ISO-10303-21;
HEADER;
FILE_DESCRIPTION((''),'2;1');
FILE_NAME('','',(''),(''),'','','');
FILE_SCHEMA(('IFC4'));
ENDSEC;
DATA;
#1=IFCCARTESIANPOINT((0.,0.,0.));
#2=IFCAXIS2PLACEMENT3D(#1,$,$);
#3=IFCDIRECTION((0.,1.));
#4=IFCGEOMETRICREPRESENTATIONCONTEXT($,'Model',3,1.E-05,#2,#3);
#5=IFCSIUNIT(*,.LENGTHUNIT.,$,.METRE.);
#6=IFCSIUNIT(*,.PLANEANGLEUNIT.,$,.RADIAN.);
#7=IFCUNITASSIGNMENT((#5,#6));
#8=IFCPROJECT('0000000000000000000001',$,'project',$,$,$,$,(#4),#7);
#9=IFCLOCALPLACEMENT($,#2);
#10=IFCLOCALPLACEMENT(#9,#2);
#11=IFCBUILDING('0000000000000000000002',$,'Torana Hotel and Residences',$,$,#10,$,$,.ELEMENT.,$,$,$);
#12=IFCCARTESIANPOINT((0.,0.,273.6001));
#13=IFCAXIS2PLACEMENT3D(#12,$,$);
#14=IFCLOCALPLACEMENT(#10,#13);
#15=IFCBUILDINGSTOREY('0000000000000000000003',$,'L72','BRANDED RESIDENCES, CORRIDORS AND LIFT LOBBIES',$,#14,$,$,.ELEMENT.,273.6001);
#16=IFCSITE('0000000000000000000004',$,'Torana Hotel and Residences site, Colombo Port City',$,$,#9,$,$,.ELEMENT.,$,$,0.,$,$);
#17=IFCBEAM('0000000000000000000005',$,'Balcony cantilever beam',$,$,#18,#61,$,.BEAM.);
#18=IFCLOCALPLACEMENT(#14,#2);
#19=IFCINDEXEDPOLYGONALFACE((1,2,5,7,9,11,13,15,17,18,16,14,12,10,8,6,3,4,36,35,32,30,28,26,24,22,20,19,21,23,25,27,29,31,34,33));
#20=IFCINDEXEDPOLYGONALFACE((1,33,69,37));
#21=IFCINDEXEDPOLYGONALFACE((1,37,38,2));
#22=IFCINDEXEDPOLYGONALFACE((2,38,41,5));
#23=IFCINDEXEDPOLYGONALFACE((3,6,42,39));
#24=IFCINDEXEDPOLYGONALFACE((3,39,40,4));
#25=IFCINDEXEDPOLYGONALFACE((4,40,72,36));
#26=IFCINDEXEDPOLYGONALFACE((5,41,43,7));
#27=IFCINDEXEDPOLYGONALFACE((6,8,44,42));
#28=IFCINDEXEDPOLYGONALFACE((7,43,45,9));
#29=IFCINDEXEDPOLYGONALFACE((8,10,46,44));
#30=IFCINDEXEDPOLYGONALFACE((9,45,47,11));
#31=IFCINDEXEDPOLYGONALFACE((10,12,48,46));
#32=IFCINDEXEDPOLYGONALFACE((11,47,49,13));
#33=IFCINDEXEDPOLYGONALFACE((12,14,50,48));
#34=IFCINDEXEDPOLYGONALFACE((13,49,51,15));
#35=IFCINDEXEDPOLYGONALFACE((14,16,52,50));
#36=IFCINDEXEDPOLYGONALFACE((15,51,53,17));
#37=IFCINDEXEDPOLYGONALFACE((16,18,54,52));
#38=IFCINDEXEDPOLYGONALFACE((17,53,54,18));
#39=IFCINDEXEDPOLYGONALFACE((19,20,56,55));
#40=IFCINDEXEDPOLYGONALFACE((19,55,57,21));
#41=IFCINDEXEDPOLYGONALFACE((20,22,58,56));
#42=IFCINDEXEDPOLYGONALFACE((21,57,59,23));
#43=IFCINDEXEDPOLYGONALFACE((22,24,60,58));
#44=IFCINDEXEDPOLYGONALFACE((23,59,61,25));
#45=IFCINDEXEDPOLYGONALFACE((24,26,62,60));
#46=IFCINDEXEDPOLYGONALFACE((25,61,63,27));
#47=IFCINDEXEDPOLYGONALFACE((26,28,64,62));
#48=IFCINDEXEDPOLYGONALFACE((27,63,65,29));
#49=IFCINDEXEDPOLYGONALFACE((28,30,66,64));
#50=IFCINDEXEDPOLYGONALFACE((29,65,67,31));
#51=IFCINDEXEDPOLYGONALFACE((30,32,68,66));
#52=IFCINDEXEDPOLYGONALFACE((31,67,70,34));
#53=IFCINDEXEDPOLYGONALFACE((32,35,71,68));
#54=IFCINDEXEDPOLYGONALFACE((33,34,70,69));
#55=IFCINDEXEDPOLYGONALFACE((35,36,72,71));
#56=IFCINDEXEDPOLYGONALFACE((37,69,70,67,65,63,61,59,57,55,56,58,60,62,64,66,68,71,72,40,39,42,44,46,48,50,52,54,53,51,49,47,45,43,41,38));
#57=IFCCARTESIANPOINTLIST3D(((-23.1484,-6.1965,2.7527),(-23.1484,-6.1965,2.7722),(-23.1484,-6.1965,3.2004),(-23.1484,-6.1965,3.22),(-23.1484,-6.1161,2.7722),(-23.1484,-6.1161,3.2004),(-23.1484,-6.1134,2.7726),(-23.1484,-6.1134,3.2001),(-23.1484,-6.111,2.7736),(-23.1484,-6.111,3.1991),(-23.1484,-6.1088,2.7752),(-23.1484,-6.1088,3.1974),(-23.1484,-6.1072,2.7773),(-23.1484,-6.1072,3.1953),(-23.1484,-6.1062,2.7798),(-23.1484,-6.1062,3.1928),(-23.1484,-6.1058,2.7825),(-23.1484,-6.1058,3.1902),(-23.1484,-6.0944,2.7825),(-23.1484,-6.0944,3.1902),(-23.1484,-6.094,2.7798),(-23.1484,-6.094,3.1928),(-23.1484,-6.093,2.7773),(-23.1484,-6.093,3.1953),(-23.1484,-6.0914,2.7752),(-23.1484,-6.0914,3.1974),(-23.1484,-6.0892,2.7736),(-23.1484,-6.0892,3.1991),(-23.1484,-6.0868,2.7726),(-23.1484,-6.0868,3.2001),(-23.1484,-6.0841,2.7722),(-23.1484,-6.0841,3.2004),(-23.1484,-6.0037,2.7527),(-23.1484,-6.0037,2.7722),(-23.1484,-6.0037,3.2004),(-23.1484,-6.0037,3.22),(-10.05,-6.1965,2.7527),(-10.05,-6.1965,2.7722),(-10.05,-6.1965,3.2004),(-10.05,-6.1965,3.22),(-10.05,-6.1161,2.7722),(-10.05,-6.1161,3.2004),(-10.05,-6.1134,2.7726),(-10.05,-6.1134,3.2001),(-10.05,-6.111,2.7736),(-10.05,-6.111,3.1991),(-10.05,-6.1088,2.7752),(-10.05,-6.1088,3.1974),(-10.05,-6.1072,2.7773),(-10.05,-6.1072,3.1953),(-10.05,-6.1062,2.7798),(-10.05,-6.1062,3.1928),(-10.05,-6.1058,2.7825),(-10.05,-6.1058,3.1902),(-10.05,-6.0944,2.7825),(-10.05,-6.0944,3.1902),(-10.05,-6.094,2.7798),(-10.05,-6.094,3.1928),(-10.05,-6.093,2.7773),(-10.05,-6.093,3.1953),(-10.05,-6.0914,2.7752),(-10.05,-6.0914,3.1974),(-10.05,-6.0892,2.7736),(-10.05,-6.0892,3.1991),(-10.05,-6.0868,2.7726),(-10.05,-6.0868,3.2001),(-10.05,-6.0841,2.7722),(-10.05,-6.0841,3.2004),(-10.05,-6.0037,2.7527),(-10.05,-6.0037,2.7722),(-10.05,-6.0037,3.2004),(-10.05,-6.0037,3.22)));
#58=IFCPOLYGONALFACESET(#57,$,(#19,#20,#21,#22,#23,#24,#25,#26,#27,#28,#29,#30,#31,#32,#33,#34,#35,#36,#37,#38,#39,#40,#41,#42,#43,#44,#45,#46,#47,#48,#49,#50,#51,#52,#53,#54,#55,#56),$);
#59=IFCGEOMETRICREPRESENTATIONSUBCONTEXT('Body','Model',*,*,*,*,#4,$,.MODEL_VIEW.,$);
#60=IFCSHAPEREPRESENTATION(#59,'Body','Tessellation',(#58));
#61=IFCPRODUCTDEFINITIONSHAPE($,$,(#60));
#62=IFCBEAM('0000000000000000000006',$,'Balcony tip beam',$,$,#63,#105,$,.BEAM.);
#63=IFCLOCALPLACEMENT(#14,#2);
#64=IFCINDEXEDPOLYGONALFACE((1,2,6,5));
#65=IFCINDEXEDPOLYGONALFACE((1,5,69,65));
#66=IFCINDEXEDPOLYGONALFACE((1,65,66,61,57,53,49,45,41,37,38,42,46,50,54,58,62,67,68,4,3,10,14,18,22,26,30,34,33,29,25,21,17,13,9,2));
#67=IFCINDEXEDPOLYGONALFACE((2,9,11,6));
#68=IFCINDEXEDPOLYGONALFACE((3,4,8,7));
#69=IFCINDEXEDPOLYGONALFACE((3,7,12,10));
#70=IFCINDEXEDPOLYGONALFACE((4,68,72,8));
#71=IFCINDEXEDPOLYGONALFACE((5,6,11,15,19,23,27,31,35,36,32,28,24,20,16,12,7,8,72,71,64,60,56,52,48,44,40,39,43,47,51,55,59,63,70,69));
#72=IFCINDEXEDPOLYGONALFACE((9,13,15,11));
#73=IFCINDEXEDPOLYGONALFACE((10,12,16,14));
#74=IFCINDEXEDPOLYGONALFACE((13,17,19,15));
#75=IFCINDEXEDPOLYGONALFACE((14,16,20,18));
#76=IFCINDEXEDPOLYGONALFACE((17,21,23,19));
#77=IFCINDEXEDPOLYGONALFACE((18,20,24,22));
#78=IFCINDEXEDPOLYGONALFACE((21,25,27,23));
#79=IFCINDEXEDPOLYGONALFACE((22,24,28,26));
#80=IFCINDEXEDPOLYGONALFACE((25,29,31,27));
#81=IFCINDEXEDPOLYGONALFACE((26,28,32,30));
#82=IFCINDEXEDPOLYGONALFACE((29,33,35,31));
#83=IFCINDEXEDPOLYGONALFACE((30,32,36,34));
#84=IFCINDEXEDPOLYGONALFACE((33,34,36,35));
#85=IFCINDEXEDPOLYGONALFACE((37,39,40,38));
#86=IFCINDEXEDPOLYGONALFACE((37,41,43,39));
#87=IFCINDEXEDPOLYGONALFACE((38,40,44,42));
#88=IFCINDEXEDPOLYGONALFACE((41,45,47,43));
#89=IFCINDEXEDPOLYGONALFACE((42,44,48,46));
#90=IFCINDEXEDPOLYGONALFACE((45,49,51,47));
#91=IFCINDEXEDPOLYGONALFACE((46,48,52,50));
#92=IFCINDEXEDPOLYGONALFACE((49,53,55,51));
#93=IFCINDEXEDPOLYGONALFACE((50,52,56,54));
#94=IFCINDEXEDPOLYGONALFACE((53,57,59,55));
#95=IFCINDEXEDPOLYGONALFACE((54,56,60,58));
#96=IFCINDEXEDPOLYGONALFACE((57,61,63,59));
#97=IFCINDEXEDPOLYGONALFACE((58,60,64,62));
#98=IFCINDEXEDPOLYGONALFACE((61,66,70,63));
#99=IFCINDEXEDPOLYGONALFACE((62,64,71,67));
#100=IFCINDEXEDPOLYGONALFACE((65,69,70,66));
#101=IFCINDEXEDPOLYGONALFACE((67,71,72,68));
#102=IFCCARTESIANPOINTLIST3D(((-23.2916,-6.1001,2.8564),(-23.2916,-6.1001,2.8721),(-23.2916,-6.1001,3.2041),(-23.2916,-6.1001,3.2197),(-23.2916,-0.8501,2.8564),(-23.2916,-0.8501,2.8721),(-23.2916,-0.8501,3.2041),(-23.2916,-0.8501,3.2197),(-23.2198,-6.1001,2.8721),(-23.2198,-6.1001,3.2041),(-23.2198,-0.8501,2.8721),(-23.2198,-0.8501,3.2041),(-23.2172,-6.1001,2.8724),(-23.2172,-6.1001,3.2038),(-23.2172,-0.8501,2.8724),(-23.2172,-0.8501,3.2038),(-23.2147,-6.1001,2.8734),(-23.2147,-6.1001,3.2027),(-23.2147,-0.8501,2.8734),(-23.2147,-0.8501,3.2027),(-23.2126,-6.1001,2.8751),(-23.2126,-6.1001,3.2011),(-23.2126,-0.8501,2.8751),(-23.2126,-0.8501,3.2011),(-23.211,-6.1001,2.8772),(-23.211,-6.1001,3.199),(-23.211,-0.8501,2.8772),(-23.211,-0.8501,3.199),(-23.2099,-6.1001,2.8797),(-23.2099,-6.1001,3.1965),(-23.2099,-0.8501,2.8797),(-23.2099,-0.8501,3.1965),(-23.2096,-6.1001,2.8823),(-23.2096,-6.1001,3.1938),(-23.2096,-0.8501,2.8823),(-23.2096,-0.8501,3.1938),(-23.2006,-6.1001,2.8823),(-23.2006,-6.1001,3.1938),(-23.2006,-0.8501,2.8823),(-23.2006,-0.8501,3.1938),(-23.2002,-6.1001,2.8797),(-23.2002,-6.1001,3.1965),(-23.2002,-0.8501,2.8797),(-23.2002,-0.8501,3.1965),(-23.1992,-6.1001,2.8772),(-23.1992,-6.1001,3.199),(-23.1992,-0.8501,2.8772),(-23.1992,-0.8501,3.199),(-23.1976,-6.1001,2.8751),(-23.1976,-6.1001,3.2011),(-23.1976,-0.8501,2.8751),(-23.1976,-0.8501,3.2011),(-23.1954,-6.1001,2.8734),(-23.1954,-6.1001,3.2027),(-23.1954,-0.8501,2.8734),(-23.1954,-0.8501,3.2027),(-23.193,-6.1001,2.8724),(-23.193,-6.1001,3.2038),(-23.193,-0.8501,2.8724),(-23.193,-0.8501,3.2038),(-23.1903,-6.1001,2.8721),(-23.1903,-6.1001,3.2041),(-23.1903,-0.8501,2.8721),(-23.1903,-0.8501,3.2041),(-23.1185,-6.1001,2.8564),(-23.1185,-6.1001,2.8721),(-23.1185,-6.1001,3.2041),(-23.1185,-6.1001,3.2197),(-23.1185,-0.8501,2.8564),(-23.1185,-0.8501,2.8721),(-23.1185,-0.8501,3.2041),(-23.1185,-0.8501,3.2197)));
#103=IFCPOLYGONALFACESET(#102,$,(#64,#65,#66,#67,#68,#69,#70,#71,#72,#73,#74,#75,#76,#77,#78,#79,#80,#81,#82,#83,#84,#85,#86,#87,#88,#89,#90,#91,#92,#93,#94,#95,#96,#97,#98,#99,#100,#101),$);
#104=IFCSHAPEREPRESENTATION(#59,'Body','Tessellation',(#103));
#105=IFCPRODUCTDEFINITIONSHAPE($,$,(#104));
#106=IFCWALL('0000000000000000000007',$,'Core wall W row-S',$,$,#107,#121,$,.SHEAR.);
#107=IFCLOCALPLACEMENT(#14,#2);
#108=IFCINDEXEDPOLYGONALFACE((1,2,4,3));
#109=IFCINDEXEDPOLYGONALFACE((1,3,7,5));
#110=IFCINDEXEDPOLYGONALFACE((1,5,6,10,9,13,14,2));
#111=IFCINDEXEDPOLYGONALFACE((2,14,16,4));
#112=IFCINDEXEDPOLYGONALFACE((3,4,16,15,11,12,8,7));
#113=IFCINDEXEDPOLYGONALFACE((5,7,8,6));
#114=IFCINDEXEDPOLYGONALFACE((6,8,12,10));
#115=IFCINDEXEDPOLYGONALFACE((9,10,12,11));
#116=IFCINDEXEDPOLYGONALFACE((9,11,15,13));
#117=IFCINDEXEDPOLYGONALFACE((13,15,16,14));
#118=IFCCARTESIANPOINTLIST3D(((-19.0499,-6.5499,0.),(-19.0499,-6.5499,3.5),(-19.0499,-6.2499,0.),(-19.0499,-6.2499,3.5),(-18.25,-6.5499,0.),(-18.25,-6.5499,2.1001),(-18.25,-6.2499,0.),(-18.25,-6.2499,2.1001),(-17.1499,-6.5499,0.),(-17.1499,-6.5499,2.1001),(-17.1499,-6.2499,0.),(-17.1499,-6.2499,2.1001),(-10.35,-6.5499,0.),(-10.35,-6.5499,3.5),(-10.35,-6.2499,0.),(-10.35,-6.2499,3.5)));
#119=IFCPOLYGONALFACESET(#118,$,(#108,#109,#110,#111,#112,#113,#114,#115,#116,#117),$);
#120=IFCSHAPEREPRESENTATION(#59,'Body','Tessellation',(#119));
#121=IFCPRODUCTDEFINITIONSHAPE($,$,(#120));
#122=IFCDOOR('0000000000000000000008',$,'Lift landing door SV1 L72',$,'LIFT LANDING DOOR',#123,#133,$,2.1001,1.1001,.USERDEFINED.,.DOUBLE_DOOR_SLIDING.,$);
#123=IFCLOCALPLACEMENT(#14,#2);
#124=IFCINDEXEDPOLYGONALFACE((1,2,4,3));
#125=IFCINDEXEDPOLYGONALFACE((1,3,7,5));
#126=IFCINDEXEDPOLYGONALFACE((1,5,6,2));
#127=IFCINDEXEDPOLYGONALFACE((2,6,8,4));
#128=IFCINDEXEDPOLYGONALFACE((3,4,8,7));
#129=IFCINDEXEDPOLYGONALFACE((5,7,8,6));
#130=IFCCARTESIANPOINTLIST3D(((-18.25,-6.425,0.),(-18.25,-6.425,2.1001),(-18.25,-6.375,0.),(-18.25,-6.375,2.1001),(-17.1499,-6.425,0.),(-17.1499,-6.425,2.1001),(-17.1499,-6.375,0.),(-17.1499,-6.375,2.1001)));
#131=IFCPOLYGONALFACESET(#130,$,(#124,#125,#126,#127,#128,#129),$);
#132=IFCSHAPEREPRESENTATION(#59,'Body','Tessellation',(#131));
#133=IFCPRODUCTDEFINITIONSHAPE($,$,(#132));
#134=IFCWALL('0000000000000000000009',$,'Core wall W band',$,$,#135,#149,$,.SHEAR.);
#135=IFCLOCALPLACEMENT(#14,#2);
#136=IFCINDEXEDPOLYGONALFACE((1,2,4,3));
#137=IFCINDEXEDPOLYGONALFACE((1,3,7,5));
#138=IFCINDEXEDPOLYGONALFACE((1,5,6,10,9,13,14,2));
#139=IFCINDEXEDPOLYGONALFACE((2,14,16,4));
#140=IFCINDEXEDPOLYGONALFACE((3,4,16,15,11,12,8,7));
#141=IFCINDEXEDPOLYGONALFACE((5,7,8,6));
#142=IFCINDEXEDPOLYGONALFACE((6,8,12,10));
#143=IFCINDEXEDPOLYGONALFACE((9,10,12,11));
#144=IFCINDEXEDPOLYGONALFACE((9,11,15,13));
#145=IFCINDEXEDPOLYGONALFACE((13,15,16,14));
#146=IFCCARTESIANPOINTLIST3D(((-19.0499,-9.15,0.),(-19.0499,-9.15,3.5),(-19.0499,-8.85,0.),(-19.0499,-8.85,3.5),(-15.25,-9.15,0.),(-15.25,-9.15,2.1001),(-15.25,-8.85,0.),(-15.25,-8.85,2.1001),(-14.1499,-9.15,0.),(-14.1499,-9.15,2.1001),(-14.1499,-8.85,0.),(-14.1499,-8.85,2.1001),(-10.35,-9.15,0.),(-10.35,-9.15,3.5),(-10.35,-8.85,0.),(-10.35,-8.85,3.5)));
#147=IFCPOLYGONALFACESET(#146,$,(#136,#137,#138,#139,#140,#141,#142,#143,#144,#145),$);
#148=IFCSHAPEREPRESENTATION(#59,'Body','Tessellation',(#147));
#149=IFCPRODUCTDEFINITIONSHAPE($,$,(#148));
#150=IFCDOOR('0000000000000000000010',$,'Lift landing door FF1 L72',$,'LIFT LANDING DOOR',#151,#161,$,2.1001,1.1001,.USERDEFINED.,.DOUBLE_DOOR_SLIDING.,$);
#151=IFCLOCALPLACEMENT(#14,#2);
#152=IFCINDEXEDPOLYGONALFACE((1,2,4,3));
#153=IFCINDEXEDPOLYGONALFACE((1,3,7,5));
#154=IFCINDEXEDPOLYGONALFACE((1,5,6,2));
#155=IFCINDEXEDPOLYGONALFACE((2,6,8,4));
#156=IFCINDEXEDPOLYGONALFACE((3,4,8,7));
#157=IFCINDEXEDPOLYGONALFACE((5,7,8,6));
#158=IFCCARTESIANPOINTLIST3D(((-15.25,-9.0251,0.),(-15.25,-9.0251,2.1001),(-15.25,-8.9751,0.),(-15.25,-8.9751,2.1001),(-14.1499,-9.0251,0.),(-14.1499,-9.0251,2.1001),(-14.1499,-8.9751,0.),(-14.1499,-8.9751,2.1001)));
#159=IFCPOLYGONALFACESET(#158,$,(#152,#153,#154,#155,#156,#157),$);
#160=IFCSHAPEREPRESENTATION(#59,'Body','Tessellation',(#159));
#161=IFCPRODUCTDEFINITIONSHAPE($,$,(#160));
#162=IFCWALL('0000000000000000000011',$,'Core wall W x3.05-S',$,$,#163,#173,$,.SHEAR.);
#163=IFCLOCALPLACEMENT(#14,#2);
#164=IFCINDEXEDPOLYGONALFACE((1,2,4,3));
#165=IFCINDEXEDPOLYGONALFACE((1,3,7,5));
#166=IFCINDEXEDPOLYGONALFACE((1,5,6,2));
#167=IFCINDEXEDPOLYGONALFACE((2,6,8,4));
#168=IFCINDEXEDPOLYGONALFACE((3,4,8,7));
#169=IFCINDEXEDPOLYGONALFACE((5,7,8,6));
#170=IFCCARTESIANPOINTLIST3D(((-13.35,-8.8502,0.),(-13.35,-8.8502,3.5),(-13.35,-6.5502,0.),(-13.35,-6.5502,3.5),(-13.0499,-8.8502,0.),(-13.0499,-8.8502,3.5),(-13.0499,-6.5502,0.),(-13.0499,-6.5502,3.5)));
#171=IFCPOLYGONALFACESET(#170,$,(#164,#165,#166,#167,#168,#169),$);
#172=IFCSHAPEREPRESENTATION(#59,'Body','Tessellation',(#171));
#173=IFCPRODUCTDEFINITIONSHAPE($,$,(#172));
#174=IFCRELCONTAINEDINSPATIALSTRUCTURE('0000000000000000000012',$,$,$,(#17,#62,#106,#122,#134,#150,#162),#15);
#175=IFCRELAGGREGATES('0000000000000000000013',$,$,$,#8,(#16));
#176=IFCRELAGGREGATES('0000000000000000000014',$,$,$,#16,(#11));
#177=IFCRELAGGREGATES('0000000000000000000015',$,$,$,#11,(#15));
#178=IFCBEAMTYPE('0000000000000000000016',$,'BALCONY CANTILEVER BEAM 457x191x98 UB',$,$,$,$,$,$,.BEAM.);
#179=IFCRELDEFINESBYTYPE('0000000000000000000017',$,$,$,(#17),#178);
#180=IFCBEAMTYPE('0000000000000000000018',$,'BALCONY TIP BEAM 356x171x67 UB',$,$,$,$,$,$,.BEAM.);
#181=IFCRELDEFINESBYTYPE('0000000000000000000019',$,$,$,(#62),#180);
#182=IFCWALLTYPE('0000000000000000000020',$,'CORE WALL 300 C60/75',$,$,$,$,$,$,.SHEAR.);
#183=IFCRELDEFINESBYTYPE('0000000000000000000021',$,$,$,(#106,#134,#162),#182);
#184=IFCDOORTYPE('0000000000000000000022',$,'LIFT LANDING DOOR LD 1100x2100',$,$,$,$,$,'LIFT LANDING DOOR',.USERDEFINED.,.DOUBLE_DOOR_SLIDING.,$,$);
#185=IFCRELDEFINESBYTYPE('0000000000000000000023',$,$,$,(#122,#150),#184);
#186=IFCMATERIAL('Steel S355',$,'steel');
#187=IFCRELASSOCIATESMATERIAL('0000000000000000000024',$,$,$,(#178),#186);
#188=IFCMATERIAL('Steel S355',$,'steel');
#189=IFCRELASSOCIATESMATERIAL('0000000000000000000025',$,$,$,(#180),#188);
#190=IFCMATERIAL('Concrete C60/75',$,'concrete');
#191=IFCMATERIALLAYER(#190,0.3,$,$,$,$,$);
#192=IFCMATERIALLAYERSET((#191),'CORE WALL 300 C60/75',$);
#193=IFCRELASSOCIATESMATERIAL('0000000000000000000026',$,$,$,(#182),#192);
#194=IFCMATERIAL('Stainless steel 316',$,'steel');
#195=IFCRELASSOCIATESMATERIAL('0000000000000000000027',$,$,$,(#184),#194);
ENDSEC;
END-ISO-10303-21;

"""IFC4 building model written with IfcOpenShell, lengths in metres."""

from ifc_helpers import new_model, si_unit, direction, frame, frame_2d, origin, origin_2d, place, context, subcontext, project, spatial, rectangle, i_section, extrude, material, layer, layer_set, material_profile, profile_set, type_object, element, fill, save


model = new_model("IFC4")

# Units and contexts
model_context = context("Model", 3, precision=1e-05, world=origin(), true_north=direction((0.0, 1.0)))
body_context = subcontext(model_context, "Body", "Model", "MODEL_VIEW")
ifc_project = project(units=[si_unit("LENGTHUNIT", "METRE"), si_unit("PLANEANGLEUNIT", "RADIAN")], contexts=[model_context])

# Site, building, storey
site_placement = place(None, origin())
site = spatial("IfcSite", under=ifc_project, at=site_placement, Name="Torana Hotel and Residences site, Colombo Port City", CompositionType="ELEMENT", RefElevation=0.0)
building_placement = place(site_placement, origin())
building = spatial("IfcBuilding", under=site, at=building_placement, Name="Torana Hotel and Residences", CompositionType="ELEMENT")
storey_placement = place(building_placement, frame((0.0, 0.0, 273.6001)))
storey = spatial("IfcBuildingStorey", under=building, at=storey_placement, Name="L72", Description="BRANDED RESIDENCES, CORRIDORS AND LIFT LOBBIES", CompositionType="ELEMENT", Elevation=273.6001)

# Beams
ifc_material_1 = material(Name="Steel S355", Category="steel")
ifc_material_profile_1 = material_profile(ifc_material_1, i_section(OverallWidth=0.1929, OverallDepth=0.4673, WebThickness=0.0115, FlangeThickness=0.0195, FilletRadius=0.0103, at=origin_2d()), Name="457x191x98 UB")
ifc_profile_set_1 = profile_set([ifc_material_profile_1], Name="Steel S355")
beam_type_1 = type_object("IfcBeamType", Name="BALCONY CANTILEVER BEAM 457x191x98 UB", PredefinedType="BEAM", material=ifc_profile_set_1)
beam_1_placement = place(storey_placement, frame((-23.1484, -6.1001, 2.9863), z_axis=(1.0, 0.0, 0.0), x_axis=(0.0, 1.0, 0.0)))
element("IfcBeam", 1, at=beam_1_placement, inside=storey, type_object=beam_type_1, Name="Balcony cantilever beam", PredefinedType="BEAM", context=body_context, shape_type="SweptSolid", body=[
    extrude(i_section(OverallWidth=0.1929, OverallDepth=0.4673, WebThickness=0.0115, FlangeThickness=0.0195, FilletRadius=0.0103, at=origin_2d()), origin(), (0.0, 0.0, 1.0), 13.0984),
])
ifc_material_2 = material(Name="Steel S355", Category="steel")
ifc_material_profile_2 = material_profile(ifc_material_2, i_section(OverallWidth=0.1731, OverallDepth=0.3633, WebThickness=0.009, FlangeThickness=0.0156, FilletRadius=0.0103, at=origin_2d()), Name="356x171x67 UB")
ifc_profile_set_2 = profile_set([ifc_material_profile_2], Name="Steel S355")
beam_type_2 = type_object("IfcBeamType", Name="BALCONY TIP BEAM 356x171x67 UB", PredefinedType="BEAM", material=ifc_profile_set_2)
beam_2_placement = place(storey_placement, frame((-23.2051, -6.1001, 3.0381), z_axis=(0.0, 1.0, 0.0), x_axis=(-1.0, 0.0, 0.0)))
element("IfcBeam", 2, at=beam_2_placement, inside=storey, type_object=beam_type_2, Name="Balcony tip beam", PredefinedType="BEAM", context=body_context, shape_type="SweptSolid", body=[
    extrude(i_section(OverallWidth=0.1731, OverallDepth=0.3633, WebThickness=0.009, FlangeThickness=0.0156, FilletRadius=0.0103, at=origin_2d()), origin(), (0.0, 0.0, 1.0), 5.25),
])

# Walls, openings, doors
ifc_material_3 = material(Name="Concrete C60/75", Category="concrete")
ifc_layer_1 = layer(ifc_material_3, 0.3)
ifc_layer_set_1 = layer_set([ifc_layer_1], Name="CORE WALL 300 C60/75")
wall_type_1 = type_object("IfcWallType", Name="CORE WALL 300 C60/75", PredefinedType="SHEAR", material=ifc_layer_set_1)
wall_1_placement = place(storey_placement, frame((-19.05, -6.3999, 0.0), z_axis=(0.0, 0.0, 1.0), x_axis=(1.0, 0.0, 0.0)))
wall_1 = element("IfcWall", 3, at=wall_1_placement, inside=storey, type_object=wall_type_1, Name="Core wall W row-S", PredefinedType="SHEAR", context=body_context, shape_type="SweptSolid", body=[
    extrude(rectangle(XDim=8.7, YDim=0.3, at=frame_2d((4.3501, 0.0))), origin(), (0.0, 0.0, 1.0), 3.5),
])
opening_1_placement = place(wall_1_placement, frame((0.8, 0.0, 0.0)))
opening_1 = element("IfcOpeningElement", 4, at=opening_1_placement, cuts=wall_1, PredefinedType="OPENING", context=body_context, shape_type="SweptSolid", body=[
    extrude(rectangle(XDim=1.1001, YDim=2.1001, at=frame_2d((0.55, 1.05))), frame((0.0, 0.1599, 0.0), z_axis=(0.0, -1.0, 0.0), x_axis=(1.0, 0.0, 0.0)), (0.0, 0.0, 1.0), 0.3201),
])
ifc_material_4 = material(Name="Stainless steel 316", Category="steel")
door_type_1 = type_object("IfcDoorType", Name="LIFT LANDING DOOR LD 1100x2100", ElementType="LIFT LANDING DOOR", OperationType="DOUBLE_DOOR_SLIDING", PredefinedType="USERDEFINED", material=ifc_material_4)
door_1_placement = place(opening_1_placement, origin())
door_1 = element("IfcDoor", 5, at=door_1_placement, inside=storey, type_object=door_type_1, Name="Lift landing door SV1 L72", ObjectType="LIFT LANDING DOOR", OperationType="DOUBLE_DOOR_SLIDING", OverallHeight=2.1001, OverallWidth=1.1001, PredefinedType="USERDEFINED", context=body_context, shape_type="SweptSolid", body=[
    extrude(rectangle(XDim=1.1001, YDim=2.1001, at=frame_2d((0.55, 1.05))), frame((0.0, 0.0249, 0.0), z_axis=(0.0, -1.0, 0.0), x_axis=(1.0, 0.0, 0.0)), (0.0, 0.0, 1.0), 0.05),
])
fill(opening_1, door_1)
wall_2_placement = place(storey_placement, frame((-19.05, -9.0, 0.0), z_axis=(0.0, 0.0, 1.0), x_axis=(1.0, 0.0, 0.0)))
wall_2 = element("IfcWall", 6, at=wall_2_placement, inside=storey, type_object=wall_type_1, Name="Core wall W band", PredefinedType="SHEAR", context=body_context, shape_type="SweptSolid", body=[
    extrude(rectangle(XDim=8.7, YDim=0.3, at=frame_2d((4.3501, 0.0))), origin(), (0.0, 0.0, 1.0), 3.5),
])
opening_2_placement = place(wall_2_placement, frame((3.8, 0.0, 0.0)))
opening_2 = element("IfcOpeningElement", 7, at=opening_2_placement, cuts=wall_2, PredefinedType="OPENING", context=body_context, shape_type="SweptSolid", body=[
    extrude(rectangle(XDim=1.1001, YDim=2.1001, at=frame_2d((0.55, 1.05))), frame((0.0, 0.1599, 0.0), z_axis=(0.0, -1.0, 0.0), x_axis=(1.0, 0.0, 0.0)), (0.0, 0.0, 1.0), 0.3201),
])
door_2_placement = place(opening_2_placement, origin())
door_2 = element("IfcDoor", 8, at=door_2_placement, inside=storey, type_object=door_type_1, Name="Lift landing door FF1 L72", ObjectType="LIFT LANDING DOOR", OperationType="DOUBLE_DOOR_SLIDING", OverallHeight=2.1001, OverallWidth=1.1001, PredefinedType="USERDEFINED", context=body_context, shape_type="SweptSolid", body=[
    extrude(rectangle(XDim=1.1001, YDim=2.1001, at=frame_2d((0.55, 1.05))), frame((0.0, 0.0249, 0.0), z_axis=(0.0, -1.0, 0.0), x_axis=(1.0, 0.0, 0.0)), (0.0, 0.0, 1.0), 0.05),
])
fill(opening_2, door_2)

# Wall
wall_3_placement = place(storey_placement, frame((-13.2, -8.8501, 0.0), z_axis=(0.0, 0.0, 1.0), x_axis=(0.0, 1.0, 0.0)))
element("IfcWall", 9, at=wall_3_placement, inside=storey, type_object=wall_type_1, Name="Core wall W x3.05-S", PredefinedType="SHEAR", context=body_context, shape_type="SweptSolid", body=[
    extrude(rectangle(XDim=2.3, YDim=0.3, at=frame_2d((1.1499, 0.0))), origin(), (0.0, 0.0, 1.0), 3.5),
])

save(model, "model.ifc")
